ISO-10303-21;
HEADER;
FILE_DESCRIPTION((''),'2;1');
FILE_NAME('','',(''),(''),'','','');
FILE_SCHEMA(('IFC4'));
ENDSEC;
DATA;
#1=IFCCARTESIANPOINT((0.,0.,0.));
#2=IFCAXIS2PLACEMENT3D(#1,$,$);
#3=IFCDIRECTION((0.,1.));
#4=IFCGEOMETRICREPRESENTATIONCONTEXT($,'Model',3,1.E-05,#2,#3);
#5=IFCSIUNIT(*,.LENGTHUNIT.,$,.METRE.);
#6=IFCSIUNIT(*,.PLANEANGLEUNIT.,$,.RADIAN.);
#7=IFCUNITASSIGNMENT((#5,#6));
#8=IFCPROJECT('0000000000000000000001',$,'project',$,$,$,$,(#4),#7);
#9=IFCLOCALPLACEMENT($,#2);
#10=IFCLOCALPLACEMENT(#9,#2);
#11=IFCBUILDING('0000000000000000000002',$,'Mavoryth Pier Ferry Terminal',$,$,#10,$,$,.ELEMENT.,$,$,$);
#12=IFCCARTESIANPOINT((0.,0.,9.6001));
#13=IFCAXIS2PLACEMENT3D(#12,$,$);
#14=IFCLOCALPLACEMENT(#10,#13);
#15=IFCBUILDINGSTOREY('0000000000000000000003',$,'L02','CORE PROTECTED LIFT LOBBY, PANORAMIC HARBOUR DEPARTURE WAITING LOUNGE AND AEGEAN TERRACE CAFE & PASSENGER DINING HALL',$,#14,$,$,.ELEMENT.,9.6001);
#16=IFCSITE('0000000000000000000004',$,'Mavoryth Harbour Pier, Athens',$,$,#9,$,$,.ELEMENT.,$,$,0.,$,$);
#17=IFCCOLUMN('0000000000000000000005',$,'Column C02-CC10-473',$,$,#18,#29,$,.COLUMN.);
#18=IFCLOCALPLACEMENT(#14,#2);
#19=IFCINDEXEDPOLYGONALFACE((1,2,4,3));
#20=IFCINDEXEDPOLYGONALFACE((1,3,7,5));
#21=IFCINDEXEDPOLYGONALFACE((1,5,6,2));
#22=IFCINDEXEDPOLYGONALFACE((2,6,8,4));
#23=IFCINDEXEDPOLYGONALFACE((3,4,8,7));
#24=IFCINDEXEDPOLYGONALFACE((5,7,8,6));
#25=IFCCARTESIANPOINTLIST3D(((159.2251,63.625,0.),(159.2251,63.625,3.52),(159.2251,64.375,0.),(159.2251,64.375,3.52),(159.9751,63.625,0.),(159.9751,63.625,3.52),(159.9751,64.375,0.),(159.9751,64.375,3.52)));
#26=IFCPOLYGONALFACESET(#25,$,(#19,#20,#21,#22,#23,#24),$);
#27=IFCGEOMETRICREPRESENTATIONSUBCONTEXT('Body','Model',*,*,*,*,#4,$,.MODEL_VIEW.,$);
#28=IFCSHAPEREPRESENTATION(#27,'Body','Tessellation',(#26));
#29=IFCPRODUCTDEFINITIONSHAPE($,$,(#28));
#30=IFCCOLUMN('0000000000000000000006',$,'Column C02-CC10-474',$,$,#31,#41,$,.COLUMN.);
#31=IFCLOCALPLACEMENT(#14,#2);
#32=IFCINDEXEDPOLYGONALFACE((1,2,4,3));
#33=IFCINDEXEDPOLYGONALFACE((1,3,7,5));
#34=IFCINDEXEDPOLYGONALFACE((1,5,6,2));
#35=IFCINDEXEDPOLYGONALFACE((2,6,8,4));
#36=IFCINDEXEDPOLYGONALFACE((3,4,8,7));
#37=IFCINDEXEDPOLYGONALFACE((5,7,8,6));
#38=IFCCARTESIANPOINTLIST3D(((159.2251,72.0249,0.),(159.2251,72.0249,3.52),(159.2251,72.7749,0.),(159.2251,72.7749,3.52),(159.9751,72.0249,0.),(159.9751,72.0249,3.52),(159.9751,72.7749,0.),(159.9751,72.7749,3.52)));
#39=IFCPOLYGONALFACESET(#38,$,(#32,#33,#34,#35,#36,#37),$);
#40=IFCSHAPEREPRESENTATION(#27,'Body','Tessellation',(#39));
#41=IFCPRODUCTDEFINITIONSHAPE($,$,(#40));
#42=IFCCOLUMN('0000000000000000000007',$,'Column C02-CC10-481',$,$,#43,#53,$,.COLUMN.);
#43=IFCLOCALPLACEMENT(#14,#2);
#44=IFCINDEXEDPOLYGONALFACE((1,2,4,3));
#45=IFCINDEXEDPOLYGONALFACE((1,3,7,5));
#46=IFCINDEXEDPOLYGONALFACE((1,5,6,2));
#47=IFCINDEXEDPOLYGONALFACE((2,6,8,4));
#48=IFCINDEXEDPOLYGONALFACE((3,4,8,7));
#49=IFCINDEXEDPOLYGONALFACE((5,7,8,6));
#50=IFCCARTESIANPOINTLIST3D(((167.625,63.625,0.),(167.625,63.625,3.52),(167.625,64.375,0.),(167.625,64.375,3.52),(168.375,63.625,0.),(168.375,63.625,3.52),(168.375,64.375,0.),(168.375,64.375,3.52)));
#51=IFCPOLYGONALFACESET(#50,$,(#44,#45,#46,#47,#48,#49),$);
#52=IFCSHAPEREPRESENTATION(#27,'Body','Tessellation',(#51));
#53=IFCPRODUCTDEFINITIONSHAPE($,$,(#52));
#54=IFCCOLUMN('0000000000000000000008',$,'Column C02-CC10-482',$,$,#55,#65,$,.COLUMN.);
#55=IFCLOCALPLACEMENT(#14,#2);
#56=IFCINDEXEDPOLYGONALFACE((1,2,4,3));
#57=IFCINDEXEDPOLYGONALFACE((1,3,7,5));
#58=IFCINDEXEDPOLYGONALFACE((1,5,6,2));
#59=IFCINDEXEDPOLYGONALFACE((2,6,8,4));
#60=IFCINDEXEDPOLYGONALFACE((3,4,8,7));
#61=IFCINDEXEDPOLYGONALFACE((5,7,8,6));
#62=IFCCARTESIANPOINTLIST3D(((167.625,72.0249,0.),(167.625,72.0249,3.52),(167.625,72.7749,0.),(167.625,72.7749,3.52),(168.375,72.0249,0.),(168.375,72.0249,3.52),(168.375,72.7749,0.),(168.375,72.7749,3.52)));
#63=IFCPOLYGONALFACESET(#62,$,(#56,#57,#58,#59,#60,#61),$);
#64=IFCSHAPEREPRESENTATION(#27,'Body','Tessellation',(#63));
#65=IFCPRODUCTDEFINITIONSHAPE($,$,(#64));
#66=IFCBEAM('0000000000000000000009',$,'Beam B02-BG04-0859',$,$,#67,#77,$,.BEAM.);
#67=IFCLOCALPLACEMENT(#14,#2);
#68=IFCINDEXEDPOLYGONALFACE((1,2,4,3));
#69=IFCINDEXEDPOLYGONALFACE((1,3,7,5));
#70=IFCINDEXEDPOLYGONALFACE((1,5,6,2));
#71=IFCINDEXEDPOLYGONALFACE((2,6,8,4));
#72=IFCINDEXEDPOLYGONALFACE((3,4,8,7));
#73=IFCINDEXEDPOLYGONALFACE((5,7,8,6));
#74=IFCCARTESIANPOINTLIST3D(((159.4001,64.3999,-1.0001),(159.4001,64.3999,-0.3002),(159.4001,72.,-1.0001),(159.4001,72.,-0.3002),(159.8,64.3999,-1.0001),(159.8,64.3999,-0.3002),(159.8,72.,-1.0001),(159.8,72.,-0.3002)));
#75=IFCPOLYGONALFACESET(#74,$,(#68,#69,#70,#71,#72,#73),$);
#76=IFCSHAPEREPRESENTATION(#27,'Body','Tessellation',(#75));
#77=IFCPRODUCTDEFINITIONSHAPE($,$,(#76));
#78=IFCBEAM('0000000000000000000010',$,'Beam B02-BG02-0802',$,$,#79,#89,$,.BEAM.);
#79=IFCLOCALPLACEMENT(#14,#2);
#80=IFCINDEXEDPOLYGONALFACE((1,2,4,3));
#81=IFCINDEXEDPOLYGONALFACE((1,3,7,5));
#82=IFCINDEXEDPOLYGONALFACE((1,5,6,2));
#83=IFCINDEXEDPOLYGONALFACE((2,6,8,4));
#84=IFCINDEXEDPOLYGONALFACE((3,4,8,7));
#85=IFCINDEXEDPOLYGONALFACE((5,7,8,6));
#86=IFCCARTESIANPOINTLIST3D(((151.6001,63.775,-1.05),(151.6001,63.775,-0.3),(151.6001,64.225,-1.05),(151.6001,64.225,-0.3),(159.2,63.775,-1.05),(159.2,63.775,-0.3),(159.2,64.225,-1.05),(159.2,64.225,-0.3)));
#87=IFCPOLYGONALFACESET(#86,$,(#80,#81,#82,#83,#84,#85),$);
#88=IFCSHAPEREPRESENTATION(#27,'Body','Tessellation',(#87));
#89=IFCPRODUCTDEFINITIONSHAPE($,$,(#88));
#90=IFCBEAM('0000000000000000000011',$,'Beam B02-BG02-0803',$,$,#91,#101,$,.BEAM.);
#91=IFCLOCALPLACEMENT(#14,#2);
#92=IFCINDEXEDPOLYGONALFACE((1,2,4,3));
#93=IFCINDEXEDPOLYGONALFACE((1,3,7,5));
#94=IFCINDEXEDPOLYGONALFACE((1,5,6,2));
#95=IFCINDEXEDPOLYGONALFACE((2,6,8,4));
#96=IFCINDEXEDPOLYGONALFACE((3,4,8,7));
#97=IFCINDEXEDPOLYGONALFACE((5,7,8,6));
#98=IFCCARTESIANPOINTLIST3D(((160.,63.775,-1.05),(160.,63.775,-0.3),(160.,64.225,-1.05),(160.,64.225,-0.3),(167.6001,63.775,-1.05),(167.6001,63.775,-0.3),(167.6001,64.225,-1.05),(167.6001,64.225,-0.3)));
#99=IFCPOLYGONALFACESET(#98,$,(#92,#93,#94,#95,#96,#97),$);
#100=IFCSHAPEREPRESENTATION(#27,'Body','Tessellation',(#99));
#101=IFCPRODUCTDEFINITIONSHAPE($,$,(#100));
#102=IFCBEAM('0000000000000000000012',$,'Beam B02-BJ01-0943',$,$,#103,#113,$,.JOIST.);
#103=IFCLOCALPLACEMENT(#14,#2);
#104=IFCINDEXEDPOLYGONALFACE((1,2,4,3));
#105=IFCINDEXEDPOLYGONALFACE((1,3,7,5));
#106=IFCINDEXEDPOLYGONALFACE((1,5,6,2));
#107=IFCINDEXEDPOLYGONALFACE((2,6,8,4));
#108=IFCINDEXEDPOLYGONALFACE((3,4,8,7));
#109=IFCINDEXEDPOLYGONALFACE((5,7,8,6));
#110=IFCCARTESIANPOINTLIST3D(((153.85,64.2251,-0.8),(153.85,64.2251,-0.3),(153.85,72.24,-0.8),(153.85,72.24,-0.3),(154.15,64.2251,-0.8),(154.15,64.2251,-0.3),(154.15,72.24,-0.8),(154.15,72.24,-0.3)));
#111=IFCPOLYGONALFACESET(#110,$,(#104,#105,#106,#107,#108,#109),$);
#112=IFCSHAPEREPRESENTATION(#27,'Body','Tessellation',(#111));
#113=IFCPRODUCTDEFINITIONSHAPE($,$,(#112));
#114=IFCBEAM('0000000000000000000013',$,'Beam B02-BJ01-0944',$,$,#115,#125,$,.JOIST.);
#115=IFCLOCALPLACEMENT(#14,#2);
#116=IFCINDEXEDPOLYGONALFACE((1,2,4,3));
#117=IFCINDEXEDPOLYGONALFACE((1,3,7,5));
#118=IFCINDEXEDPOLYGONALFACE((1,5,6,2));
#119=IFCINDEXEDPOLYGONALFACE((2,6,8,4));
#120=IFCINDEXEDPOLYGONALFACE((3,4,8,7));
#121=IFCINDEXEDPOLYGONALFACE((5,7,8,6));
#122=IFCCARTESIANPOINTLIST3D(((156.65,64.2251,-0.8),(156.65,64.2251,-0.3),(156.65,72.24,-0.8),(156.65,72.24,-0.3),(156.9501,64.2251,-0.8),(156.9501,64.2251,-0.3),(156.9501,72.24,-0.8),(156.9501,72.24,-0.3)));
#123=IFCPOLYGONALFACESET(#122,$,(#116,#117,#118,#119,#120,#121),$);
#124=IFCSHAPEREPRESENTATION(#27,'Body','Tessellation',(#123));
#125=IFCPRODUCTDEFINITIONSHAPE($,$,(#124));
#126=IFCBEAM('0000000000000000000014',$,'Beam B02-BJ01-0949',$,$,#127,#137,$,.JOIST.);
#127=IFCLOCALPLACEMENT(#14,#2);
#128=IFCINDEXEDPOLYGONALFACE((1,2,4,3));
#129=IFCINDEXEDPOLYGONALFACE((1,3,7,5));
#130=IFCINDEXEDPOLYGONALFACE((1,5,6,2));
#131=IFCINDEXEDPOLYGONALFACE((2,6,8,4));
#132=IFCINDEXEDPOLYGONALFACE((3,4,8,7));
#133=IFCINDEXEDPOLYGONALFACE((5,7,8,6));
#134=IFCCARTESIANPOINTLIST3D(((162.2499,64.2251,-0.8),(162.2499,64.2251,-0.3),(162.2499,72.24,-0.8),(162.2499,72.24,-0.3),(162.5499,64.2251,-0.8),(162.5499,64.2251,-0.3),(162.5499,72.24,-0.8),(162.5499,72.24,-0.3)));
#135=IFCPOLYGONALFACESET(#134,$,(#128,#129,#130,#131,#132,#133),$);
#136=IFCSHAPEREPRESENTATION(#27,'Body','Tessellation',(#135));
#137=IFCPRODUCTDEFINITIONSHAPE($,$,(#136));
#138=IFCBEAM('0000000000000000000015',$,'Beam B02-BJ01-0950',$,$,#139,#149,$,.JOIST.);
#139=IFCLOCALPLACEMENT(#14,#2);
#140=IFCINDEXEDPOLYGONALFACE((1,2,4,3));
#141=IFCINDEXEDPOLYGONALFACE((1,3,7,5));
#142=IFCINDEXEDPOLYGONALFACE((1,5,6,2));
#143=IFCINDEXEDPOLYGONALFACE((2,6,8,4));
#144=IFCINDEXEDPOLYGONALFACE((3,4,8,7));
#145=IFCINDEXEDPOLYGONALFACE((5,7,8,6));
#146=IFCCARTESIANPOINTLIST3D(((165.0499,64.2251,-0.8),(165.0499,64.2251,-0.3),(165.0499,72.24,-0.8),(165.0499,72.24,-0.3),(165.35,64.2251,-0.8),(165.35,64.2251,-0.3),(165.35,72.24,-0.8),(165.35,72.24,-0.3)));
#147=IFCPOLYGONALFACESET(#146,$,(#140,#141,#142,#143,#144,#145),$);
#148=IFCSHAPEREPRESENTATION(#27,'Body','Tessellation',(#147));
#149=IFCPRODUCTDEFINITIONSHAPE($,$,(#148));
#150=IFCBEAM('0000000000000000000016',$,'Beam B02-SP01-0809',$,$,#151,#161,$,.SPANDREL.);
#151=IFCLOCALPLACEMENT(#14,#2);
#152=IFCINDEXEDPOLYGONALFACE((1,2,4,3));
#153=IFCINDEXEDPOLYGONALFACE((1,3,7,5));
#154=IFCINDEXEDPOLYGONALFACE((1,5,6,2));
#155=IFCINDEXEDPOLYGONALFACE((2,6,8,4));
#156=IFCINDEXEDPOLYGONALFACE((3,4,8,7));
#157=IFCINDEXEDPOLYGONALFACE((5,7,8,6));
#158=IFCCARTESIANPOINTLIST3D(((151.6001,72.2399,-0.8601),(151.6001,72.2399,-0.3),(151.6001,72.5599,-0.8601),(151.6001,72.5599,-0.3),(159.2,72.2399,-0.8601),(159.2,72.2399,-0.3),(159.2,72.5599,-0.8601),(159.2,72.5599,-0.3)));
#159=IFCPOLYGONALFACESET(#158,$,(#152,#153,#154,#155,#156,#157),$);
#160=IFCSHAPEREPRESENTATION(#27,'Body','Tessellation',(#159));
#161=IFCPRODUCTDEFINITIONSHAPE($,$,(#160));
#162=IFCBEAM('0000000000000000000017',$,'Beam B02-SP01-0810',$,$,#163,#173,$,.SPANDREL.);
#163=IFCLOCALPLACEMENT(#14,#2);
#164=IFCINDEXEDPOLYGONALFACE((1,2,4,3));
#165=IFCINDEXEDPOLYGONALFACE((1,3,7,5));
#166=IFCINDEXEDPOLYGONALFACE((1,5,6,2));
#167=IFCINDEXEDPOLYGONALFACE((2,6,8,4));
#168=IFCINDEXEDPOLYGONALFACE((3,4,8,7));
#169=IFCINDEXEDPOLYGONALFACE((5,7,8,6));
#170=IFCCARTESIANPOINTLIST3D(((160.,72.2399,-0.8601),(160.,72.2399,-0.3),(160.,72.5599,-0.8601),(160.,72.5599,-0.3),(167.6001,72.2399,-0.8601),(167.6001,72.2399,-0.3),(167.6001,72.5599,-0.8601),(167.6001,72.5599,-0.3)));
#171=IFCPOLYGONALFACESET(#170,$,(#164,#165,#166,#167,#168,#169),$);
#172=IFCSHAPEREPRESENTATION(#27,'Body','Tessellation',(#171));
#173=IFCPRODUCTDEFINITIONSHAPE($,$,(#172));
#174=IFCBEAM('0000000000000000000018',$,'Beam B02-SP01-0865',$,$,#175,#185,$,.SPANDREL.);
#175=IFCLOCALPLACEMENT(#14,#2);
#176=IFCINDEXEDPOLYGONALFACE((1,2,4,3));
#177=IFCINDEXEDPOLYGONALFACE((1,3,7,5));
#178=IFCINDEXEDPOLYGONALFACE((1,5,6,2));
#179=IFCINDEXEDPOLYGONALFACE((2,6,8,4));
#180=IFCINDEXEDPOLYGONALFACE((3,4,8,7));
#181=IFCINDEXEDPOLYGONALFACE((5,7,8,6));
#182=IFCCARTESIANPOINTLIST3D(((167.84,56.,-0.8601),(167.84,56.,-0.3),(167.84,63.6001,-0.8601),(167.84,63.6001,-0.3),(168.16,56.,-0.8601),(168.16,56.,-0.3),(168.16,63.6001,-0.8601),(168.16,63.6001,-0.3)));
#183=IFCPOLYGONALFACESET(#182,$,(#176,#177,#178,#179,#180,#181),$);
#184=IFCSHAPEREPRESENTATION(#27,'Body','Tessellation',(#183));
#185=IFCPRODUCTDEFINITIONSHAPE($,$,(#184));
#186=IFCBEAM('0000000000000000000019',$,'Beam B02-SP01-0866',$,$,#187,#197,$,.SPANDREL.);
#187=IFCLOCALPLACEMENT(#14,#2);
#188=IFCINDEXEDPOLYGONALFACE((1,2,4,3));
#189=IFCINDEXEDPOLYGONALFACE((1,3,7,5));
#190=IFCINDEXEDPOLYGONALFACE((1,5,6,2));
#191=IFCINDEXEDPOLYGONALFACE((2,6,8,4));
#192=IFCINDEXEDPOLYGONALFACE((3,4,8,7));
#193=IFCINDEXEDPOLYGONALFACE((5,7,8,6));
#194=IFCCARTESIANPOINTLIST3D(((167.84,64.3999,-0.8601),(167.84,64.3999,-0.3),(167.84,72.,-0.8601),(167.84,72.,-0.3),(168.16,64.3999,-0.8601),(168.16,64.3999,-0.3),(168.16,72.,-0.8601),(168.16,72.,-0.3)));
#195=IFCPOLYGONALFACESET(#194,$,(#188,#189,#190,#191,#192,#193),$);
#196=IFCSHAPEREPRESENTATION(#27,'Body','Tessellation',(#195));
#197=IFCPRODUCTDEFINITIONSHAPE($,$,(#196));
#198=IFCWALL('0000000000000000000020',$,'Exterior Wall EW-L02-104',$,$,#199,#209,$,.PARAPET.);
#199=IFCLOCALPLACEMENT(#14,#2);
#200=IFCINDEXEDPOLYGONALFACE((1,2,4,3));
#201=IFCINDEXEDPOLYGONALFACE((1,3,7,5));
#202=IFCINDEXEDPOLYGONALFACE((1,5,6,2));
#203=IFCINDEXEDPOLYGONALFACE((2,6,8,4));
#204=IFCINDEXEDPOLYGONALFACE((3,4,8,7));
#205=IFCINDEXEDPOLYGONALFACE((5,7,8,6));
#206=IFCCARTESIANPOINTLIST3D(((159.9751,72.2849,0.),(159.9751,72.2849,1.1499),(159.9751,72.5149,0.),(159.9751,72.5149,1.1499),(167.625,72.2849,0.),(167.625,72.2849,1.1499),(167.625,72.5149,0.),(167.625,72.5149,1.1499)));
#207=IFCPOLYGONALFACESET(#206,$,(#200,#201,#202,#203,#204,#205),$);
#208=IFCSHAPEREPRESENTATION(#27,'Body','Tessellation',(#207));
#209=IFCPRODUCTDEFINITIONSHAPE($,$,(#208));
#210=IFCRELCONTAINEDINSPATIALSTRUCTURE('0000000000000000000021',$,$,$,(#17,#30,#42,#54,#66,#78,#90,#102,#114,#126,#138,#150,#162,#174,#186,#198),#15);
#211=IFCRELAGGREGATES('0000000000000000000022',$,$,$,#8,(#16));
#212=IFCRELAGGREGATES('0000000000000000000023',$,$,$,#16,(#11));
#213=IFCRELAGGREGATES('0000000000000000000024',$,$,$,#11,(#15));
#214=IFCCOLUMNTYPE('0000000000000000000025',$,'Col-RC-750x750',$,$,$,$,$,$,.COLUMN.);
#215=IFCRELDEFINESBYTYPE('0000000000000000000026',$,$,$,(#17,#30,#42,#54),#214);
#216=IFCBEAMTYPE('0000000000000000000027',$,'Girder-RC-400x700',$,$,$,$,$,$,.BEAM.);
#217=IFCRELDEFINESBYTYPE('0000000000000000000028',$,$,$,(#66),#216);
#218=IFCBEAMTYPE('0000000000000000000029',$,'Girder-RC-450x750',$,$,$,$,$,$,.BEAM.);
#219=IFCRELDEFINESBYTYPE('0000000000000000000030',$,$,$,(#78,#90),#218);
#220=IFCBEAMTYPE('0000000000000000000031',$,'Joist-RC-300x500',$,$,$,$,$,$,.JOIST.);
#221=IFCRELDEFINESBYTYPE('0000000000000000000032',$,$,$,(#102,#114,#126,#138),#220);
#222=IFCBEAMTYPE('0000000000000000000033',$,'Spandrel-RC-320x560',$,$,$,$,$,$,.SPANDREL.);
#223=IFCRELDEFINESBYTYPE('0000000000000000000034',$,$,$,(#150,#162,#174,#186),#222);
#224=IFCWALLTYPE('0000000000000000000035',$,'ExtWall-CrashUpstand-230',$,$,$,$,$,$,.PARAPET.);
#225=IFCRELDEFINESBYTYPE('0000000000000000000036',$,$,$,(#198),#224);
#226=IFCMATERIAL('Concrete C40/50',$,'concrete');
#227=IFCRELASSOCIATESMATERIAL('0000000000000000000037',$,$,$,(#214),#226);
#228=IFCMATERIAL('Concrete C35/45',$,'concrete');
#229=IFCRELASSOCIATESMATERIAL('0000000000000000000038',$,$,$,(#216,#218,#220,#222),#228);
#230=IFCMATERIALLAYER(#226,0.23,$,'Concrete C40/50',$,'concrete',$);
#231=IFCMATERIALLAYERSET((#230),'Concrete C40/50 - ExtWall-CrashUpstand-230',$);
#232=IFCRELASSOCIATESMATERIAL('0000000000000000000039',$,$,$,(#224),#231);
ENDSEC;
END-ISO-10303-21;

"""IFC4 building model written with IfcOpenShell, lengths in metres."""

from ifc_helpers import new_model, si_unit, direction, frame, frame_2d, origin, origin_2d, place, context, subcontext, project, spatial, rectangle, extrude, material, layer, layer_set, material_profile, profile_set, type_object, element, save


model = new_model("IFC4")

# Units and contexts
model_context = context("Model", 3, precision=1e-05, world=origin(), true_north=direction((0.0, 1.0)))
body_context = subcontext(model_context, "Body", "Model", "MODEL_VIEW")
ifc_project = project(units=[si_unit("LENGTHUNIT", "METRE"), si_unit("PLANEANGLEUNIT", "RADIAN")], contexts=[model_context])

# Site, building, storey
site_placement = place(None, origin())
site = spatial("IfcSite", under=ifc_project, at=site_placement, Name="Mavoryth Harbour Pier, Athens", CompositionType="ELEMENT", RefElevation=0.0)
building_placement = place(site_placement, origin())
building = spatial("IfcBuilding", under=site, at=building_placement, Name="Mavoryth Pier Ferry Terminal", CompositionType="ELEMENT")
storey_placement = place(building_placement, frame((0.0, 0.0, 9.6001)))
storey = spatial("IfcBuildingStorey", under=building, at=storey_placement, Name="L02", Description="CORE PROTECTED LIFT LOBBY, PANORAMIC HARBOUR DEPARTURE WAITING LOUNGE AND AEGEAN TERRACE CAFE & PASSENGER DINING HALL", CompositionType="ELEMENT", Elevation=9.6001)

# Columns
ifc_material_1 = material(Name="Concrete C40/50", Category="concrete")
ifc_material_profile_1 = material_profile(ifc_material_1, rectangle(XDim=0.75, YDim=0.75, at=origin_2d()), Name="RC 750x750", Category="concrete")
ifc_profile_set_1 = profile_set([ifc_material_profile_1], Name="Concrete C40/50 - RC 750x750")
column_type = type_object("IfcColumnType", Name="Col-RC-750x750", PredefinedType="COLUMN", material=ifc_profile_set_1)
for number, where, z_axis, x_axis, name in (
    (1, (159.6001, 64.0, 0.0), (0.0, 0.0, 1.0), (1.0, 0.0, 0.0), "Column C02-CC10-473"),
    (2, (159.6001, 72.3999, 0.0), (0.0, 0.0, 1.0), (1.0, 0.0, 0.0), "Column C02-CC10-474"),
    (3, (168.0, 64.0, 0.0), (0.0, 0.0, 1.0), (1.0, 0.0, 0.0), "Column C02-CC10-481"),
    (4, (168.0, 72.3999, 0.0), (0.0, 0.0, 1.0), (1.0, 0.0, 0.0), "Column C02-CC10-482"),
):
    element("IfcColumn", number, at=place(storey_placement, frame(where, z_axis=z_axis, x_axis=x_axis)), inside=storey, type_object=column_type, Name=name, PredefinedType="COLUMN", context=body_context, shape_type="SweptSolid", body=[
        extrude(rectangle(XDim=0.75, YDim=0.75, at=origin_2d()), origin(), (0.0, 0.0, 1.0), 3.52),
    ])

# Beams
ifc_material_2 = material(Name="Concrete C35/45", Category="concrete")
ifc_material_profile_2 = material_profile(ifc_material_2, rectangle(XDim=0.3999, YDim=0.7, at=origin_2d()), Name="RC 400x700", Category="concrete")
ifc_profile_set_2 = profile_set([ifc_material_profile_2], Name="Concrete C35/45 - RC 400x700")
beam_type_1 = type_object("IfcBeamType", Name="Girder-RC-400x700", PredefinedType="BEAM", material=ifc_profile_set_2)
beam_1_placement = place(storey_placement, frame((159.6001, 64.3999, -0.6501), z_axis=(0.0, 1.0, 0.0), x_axis=(-1.0, 0.0, 0.0)))
element("IfcBeam", 5, at=beam_1_placement, inside=storey, type_object=beam_type_1, Name="Beam B02-BG04-0859", PredefinedType="BEAM", context=body_context, shape_type="SweptSolid", body=[
    extrude(rectangle(XDim=0.3999, YDim=0.7, at=origin_2d()), origin(), (0.0, 0.0, 1.0), 7.6001),
])
ifc_material_profile_3 = material_profile(ifc_material_2, rectangle(XDim=0.45, YDim=0.75, at=origin_2d()), Name="RC 450x750", Category="concrete")
ifc_profile_set_3 = profile_set([ifc_material_profile_3], Name="Concrete C35/45 - RC 450x750")
beam_type_2 = type_object("IfcBeamType", Name="Girder-RC-450x750", PredefinedType="BEAM", material=ifc_profile_set_3)
beam_2_placement = place(storey_placement, frame((151.6001, 64.0, -0.675), z_axis=(1.0, 0.0, 0.0), x_axis=(0.0, 1.0, 0.0)))
element("IfcBeam", 6, at=beam_2_placement, inside=storey, type_object=beam_type_2, Name="Beam B02-BG02-0802", PredefinedType="BEAM", context=body_context, shape_type="SweptSolid", body=[
    extrude(rectangle(XDim=0.45, YDim=0.75, at=origin_2d()), origin(), (0.0, 0.0, 1.0), 7.5999),
])
beam_3_placement = place(storey_placement, frame((160.0, 64.0, -0.675), z_axis=(1.0, 0.0, 0.0), x_axis=(0.0, 1.0, 0.0)))
element("IfcBeam", 7, at=beam_3_placement, inside=storey, type_object=beam_type_2, Name="Beam B02-BG02-0803", PredefinedType="BEAM", context=body_context, shape_type="SweptSolid", body=[
    extrude(rectangle(XDim=0.45, YDim=0.75, at=origin_2d()), origin(), (0.0, 0.0, 1.0), 7.6001),
])
ifc_material_profile_4 = material_profile(ifc_material_2, rectangle(XDim=0.3, YDim=0.5, at=origin_2d()), Name="RC 300x500", Category="concrete")
ifc_profile_set_4 = profile_set([ifc_material_profile_4], Name="Concrete C35/45 - RC 300x500")
beam_type_3 = type_object("IfcBeamType", Name="Joist-RC-300x500", PredefinedType="JOIST", material=ifc_profile_set_4)
for number, where, z_axis, x_axis, name in (
    (8, (154.0, 64.2251, -0.55), (0.0, 1.0, 0.0), (-1.0, 0.0, 0.0), "Beam B02-BJ01-0943"),
    (9, (156.8, 64.2251, -0.55), (0.0, 1.0, 0.0), (-1.0, 0.0, 0.0), "Beam B02-BJ01-0944"),
    (10, (162.3999, 64.2251, -0.55), (0.0, 1.0, 0.0), (-1.0, 0.0, 0.0), "Beam B02-BJ01-0949"),
    (11, (165.2, 64.2251, -0.55), (0.0, 1.0, 0.0), (-1.0, 0.0, 0.0), "Beam B02-BJ01-0950"),
):
    element("IfcBeam", number, at=place(storey_placement, frame(where, z_axis=z_axis, x_axis=x_axis)), inside=storey, type_object=beam_type_3, Name=name, PredefinedType="JOIST", context=body_context, shape_type="SweptSolid", body=[
        extrude(rectangle(XDim=0.3, YDim=0.5, at=origin_2d()), origin(), (0.0, 0.0, 1.0), 8.0149),
    ])
ifc_material_profile_5 = material_profile(ifc_material_2, rectangle(XDim=0.3201, YDim=0.5601, at=origin_2d()), Name="RC 320x560", Category="concrete")
ifc_profile_set_5 = profile_set([ifc_material_profile_5], Name="Concrete C35/45 - RC 320x560")
beam_type_4 = type_object("IfcBeamType", Name="Spandrel-RC-320x560", PredefinedType="SPANDREL", material=ifc_profile_set_5)
beam_4_placement = place(storey_placement, frame((151.6001, 72.3999, -0.5801), z_axis=(1.0, 0.0, 0.0), x_axis=(0.0, 1.0, 0.0)))
element("IfcBeam", 12, at=beam_4_placement, inside=storey, type_object=beam_type_4, Name="Beam B02-SP01-0809", PredefinedType="SPANDREL", context=body_context, shape_type="SweptSolid", body=[
    extrude(rectangle(XDim=0.3201, YDim=0.5601, at=origin_2d()), origin(), (0.0, 0.0, 1.0), 7.5999),
])
for number, where, z_axis, x_axis, name in (
    (13, (160.0, 72.3999, -0.5801), (1.0, 0.0, 0.0), (0.0, 1.0, 0.0), "Beam B02-SP01-0810"),
    (14, (168.0, 56.0, -0.5801), (0.0, 1.0, 0.0), (-1.0, 0.0, 0.0), "Beam B02-SP01-0865"),
    (15, (168.0, 64.3999, -0.5801), (0.0, 1.0, 0.0), (-1.0, 0.0, 0.0), "Beam B02-SP01-0866"),
):
    element("IfcBeam", number, at=place(storey_placement, frame(where, z_axis=z_axis, x_axis=x_axis)), inside=storey, type_object=beam_type_4, Name=name, PredefinedType="SPANDREL", context=body_context, shape_type="SweptSolid", body=[
        extrude(rectangle(XDim=0.3201, YDim=0.5601, at=origin_2d()), origin(), (0.0, 0.0, 1.0), 7.6001),
    ])

# Wall
ifc_layer_1 = layer(ifc_material_1, 0.23, Name="Concrete C40/50", Category="concrete")
ifc_layer_set_1 = layer_set([ifc_layer_1], Name="Concrete C40/50 - ExtWall-CrashUpstand-230")
wall_type_1 = type_object("IfcWallType", Name="ExtWall-CrashUpstand-230", PredefinedType="PARAPET", material=ifc_layer_set_1)
for number, where, z_axis, x_axis, name in (
    (16, (159.9751, 72.3999, 0.0), (0.0, 0.0, 1.0), (1.0, 0.0, 0.0), "Exterior Wall EW-L02-104"),
):
    element("IfcWall", number, at=place(storey_placement, frame(where, z_axis=z_axis, x_axis=x_axis)), inside=storey, type_object=wall_type_1, Name=name, PredefinedType="PARAPET", context=body_context, shape_type="SweptSolid", body=[
        extrude(rectangle(XDim=7.6499, YDim=0.23, at=frame_2d((3.825, 0.0))), origin(), (0.0, 0.0, 1.0), 1.1499),
    ])

save(model, "model.ifc")
